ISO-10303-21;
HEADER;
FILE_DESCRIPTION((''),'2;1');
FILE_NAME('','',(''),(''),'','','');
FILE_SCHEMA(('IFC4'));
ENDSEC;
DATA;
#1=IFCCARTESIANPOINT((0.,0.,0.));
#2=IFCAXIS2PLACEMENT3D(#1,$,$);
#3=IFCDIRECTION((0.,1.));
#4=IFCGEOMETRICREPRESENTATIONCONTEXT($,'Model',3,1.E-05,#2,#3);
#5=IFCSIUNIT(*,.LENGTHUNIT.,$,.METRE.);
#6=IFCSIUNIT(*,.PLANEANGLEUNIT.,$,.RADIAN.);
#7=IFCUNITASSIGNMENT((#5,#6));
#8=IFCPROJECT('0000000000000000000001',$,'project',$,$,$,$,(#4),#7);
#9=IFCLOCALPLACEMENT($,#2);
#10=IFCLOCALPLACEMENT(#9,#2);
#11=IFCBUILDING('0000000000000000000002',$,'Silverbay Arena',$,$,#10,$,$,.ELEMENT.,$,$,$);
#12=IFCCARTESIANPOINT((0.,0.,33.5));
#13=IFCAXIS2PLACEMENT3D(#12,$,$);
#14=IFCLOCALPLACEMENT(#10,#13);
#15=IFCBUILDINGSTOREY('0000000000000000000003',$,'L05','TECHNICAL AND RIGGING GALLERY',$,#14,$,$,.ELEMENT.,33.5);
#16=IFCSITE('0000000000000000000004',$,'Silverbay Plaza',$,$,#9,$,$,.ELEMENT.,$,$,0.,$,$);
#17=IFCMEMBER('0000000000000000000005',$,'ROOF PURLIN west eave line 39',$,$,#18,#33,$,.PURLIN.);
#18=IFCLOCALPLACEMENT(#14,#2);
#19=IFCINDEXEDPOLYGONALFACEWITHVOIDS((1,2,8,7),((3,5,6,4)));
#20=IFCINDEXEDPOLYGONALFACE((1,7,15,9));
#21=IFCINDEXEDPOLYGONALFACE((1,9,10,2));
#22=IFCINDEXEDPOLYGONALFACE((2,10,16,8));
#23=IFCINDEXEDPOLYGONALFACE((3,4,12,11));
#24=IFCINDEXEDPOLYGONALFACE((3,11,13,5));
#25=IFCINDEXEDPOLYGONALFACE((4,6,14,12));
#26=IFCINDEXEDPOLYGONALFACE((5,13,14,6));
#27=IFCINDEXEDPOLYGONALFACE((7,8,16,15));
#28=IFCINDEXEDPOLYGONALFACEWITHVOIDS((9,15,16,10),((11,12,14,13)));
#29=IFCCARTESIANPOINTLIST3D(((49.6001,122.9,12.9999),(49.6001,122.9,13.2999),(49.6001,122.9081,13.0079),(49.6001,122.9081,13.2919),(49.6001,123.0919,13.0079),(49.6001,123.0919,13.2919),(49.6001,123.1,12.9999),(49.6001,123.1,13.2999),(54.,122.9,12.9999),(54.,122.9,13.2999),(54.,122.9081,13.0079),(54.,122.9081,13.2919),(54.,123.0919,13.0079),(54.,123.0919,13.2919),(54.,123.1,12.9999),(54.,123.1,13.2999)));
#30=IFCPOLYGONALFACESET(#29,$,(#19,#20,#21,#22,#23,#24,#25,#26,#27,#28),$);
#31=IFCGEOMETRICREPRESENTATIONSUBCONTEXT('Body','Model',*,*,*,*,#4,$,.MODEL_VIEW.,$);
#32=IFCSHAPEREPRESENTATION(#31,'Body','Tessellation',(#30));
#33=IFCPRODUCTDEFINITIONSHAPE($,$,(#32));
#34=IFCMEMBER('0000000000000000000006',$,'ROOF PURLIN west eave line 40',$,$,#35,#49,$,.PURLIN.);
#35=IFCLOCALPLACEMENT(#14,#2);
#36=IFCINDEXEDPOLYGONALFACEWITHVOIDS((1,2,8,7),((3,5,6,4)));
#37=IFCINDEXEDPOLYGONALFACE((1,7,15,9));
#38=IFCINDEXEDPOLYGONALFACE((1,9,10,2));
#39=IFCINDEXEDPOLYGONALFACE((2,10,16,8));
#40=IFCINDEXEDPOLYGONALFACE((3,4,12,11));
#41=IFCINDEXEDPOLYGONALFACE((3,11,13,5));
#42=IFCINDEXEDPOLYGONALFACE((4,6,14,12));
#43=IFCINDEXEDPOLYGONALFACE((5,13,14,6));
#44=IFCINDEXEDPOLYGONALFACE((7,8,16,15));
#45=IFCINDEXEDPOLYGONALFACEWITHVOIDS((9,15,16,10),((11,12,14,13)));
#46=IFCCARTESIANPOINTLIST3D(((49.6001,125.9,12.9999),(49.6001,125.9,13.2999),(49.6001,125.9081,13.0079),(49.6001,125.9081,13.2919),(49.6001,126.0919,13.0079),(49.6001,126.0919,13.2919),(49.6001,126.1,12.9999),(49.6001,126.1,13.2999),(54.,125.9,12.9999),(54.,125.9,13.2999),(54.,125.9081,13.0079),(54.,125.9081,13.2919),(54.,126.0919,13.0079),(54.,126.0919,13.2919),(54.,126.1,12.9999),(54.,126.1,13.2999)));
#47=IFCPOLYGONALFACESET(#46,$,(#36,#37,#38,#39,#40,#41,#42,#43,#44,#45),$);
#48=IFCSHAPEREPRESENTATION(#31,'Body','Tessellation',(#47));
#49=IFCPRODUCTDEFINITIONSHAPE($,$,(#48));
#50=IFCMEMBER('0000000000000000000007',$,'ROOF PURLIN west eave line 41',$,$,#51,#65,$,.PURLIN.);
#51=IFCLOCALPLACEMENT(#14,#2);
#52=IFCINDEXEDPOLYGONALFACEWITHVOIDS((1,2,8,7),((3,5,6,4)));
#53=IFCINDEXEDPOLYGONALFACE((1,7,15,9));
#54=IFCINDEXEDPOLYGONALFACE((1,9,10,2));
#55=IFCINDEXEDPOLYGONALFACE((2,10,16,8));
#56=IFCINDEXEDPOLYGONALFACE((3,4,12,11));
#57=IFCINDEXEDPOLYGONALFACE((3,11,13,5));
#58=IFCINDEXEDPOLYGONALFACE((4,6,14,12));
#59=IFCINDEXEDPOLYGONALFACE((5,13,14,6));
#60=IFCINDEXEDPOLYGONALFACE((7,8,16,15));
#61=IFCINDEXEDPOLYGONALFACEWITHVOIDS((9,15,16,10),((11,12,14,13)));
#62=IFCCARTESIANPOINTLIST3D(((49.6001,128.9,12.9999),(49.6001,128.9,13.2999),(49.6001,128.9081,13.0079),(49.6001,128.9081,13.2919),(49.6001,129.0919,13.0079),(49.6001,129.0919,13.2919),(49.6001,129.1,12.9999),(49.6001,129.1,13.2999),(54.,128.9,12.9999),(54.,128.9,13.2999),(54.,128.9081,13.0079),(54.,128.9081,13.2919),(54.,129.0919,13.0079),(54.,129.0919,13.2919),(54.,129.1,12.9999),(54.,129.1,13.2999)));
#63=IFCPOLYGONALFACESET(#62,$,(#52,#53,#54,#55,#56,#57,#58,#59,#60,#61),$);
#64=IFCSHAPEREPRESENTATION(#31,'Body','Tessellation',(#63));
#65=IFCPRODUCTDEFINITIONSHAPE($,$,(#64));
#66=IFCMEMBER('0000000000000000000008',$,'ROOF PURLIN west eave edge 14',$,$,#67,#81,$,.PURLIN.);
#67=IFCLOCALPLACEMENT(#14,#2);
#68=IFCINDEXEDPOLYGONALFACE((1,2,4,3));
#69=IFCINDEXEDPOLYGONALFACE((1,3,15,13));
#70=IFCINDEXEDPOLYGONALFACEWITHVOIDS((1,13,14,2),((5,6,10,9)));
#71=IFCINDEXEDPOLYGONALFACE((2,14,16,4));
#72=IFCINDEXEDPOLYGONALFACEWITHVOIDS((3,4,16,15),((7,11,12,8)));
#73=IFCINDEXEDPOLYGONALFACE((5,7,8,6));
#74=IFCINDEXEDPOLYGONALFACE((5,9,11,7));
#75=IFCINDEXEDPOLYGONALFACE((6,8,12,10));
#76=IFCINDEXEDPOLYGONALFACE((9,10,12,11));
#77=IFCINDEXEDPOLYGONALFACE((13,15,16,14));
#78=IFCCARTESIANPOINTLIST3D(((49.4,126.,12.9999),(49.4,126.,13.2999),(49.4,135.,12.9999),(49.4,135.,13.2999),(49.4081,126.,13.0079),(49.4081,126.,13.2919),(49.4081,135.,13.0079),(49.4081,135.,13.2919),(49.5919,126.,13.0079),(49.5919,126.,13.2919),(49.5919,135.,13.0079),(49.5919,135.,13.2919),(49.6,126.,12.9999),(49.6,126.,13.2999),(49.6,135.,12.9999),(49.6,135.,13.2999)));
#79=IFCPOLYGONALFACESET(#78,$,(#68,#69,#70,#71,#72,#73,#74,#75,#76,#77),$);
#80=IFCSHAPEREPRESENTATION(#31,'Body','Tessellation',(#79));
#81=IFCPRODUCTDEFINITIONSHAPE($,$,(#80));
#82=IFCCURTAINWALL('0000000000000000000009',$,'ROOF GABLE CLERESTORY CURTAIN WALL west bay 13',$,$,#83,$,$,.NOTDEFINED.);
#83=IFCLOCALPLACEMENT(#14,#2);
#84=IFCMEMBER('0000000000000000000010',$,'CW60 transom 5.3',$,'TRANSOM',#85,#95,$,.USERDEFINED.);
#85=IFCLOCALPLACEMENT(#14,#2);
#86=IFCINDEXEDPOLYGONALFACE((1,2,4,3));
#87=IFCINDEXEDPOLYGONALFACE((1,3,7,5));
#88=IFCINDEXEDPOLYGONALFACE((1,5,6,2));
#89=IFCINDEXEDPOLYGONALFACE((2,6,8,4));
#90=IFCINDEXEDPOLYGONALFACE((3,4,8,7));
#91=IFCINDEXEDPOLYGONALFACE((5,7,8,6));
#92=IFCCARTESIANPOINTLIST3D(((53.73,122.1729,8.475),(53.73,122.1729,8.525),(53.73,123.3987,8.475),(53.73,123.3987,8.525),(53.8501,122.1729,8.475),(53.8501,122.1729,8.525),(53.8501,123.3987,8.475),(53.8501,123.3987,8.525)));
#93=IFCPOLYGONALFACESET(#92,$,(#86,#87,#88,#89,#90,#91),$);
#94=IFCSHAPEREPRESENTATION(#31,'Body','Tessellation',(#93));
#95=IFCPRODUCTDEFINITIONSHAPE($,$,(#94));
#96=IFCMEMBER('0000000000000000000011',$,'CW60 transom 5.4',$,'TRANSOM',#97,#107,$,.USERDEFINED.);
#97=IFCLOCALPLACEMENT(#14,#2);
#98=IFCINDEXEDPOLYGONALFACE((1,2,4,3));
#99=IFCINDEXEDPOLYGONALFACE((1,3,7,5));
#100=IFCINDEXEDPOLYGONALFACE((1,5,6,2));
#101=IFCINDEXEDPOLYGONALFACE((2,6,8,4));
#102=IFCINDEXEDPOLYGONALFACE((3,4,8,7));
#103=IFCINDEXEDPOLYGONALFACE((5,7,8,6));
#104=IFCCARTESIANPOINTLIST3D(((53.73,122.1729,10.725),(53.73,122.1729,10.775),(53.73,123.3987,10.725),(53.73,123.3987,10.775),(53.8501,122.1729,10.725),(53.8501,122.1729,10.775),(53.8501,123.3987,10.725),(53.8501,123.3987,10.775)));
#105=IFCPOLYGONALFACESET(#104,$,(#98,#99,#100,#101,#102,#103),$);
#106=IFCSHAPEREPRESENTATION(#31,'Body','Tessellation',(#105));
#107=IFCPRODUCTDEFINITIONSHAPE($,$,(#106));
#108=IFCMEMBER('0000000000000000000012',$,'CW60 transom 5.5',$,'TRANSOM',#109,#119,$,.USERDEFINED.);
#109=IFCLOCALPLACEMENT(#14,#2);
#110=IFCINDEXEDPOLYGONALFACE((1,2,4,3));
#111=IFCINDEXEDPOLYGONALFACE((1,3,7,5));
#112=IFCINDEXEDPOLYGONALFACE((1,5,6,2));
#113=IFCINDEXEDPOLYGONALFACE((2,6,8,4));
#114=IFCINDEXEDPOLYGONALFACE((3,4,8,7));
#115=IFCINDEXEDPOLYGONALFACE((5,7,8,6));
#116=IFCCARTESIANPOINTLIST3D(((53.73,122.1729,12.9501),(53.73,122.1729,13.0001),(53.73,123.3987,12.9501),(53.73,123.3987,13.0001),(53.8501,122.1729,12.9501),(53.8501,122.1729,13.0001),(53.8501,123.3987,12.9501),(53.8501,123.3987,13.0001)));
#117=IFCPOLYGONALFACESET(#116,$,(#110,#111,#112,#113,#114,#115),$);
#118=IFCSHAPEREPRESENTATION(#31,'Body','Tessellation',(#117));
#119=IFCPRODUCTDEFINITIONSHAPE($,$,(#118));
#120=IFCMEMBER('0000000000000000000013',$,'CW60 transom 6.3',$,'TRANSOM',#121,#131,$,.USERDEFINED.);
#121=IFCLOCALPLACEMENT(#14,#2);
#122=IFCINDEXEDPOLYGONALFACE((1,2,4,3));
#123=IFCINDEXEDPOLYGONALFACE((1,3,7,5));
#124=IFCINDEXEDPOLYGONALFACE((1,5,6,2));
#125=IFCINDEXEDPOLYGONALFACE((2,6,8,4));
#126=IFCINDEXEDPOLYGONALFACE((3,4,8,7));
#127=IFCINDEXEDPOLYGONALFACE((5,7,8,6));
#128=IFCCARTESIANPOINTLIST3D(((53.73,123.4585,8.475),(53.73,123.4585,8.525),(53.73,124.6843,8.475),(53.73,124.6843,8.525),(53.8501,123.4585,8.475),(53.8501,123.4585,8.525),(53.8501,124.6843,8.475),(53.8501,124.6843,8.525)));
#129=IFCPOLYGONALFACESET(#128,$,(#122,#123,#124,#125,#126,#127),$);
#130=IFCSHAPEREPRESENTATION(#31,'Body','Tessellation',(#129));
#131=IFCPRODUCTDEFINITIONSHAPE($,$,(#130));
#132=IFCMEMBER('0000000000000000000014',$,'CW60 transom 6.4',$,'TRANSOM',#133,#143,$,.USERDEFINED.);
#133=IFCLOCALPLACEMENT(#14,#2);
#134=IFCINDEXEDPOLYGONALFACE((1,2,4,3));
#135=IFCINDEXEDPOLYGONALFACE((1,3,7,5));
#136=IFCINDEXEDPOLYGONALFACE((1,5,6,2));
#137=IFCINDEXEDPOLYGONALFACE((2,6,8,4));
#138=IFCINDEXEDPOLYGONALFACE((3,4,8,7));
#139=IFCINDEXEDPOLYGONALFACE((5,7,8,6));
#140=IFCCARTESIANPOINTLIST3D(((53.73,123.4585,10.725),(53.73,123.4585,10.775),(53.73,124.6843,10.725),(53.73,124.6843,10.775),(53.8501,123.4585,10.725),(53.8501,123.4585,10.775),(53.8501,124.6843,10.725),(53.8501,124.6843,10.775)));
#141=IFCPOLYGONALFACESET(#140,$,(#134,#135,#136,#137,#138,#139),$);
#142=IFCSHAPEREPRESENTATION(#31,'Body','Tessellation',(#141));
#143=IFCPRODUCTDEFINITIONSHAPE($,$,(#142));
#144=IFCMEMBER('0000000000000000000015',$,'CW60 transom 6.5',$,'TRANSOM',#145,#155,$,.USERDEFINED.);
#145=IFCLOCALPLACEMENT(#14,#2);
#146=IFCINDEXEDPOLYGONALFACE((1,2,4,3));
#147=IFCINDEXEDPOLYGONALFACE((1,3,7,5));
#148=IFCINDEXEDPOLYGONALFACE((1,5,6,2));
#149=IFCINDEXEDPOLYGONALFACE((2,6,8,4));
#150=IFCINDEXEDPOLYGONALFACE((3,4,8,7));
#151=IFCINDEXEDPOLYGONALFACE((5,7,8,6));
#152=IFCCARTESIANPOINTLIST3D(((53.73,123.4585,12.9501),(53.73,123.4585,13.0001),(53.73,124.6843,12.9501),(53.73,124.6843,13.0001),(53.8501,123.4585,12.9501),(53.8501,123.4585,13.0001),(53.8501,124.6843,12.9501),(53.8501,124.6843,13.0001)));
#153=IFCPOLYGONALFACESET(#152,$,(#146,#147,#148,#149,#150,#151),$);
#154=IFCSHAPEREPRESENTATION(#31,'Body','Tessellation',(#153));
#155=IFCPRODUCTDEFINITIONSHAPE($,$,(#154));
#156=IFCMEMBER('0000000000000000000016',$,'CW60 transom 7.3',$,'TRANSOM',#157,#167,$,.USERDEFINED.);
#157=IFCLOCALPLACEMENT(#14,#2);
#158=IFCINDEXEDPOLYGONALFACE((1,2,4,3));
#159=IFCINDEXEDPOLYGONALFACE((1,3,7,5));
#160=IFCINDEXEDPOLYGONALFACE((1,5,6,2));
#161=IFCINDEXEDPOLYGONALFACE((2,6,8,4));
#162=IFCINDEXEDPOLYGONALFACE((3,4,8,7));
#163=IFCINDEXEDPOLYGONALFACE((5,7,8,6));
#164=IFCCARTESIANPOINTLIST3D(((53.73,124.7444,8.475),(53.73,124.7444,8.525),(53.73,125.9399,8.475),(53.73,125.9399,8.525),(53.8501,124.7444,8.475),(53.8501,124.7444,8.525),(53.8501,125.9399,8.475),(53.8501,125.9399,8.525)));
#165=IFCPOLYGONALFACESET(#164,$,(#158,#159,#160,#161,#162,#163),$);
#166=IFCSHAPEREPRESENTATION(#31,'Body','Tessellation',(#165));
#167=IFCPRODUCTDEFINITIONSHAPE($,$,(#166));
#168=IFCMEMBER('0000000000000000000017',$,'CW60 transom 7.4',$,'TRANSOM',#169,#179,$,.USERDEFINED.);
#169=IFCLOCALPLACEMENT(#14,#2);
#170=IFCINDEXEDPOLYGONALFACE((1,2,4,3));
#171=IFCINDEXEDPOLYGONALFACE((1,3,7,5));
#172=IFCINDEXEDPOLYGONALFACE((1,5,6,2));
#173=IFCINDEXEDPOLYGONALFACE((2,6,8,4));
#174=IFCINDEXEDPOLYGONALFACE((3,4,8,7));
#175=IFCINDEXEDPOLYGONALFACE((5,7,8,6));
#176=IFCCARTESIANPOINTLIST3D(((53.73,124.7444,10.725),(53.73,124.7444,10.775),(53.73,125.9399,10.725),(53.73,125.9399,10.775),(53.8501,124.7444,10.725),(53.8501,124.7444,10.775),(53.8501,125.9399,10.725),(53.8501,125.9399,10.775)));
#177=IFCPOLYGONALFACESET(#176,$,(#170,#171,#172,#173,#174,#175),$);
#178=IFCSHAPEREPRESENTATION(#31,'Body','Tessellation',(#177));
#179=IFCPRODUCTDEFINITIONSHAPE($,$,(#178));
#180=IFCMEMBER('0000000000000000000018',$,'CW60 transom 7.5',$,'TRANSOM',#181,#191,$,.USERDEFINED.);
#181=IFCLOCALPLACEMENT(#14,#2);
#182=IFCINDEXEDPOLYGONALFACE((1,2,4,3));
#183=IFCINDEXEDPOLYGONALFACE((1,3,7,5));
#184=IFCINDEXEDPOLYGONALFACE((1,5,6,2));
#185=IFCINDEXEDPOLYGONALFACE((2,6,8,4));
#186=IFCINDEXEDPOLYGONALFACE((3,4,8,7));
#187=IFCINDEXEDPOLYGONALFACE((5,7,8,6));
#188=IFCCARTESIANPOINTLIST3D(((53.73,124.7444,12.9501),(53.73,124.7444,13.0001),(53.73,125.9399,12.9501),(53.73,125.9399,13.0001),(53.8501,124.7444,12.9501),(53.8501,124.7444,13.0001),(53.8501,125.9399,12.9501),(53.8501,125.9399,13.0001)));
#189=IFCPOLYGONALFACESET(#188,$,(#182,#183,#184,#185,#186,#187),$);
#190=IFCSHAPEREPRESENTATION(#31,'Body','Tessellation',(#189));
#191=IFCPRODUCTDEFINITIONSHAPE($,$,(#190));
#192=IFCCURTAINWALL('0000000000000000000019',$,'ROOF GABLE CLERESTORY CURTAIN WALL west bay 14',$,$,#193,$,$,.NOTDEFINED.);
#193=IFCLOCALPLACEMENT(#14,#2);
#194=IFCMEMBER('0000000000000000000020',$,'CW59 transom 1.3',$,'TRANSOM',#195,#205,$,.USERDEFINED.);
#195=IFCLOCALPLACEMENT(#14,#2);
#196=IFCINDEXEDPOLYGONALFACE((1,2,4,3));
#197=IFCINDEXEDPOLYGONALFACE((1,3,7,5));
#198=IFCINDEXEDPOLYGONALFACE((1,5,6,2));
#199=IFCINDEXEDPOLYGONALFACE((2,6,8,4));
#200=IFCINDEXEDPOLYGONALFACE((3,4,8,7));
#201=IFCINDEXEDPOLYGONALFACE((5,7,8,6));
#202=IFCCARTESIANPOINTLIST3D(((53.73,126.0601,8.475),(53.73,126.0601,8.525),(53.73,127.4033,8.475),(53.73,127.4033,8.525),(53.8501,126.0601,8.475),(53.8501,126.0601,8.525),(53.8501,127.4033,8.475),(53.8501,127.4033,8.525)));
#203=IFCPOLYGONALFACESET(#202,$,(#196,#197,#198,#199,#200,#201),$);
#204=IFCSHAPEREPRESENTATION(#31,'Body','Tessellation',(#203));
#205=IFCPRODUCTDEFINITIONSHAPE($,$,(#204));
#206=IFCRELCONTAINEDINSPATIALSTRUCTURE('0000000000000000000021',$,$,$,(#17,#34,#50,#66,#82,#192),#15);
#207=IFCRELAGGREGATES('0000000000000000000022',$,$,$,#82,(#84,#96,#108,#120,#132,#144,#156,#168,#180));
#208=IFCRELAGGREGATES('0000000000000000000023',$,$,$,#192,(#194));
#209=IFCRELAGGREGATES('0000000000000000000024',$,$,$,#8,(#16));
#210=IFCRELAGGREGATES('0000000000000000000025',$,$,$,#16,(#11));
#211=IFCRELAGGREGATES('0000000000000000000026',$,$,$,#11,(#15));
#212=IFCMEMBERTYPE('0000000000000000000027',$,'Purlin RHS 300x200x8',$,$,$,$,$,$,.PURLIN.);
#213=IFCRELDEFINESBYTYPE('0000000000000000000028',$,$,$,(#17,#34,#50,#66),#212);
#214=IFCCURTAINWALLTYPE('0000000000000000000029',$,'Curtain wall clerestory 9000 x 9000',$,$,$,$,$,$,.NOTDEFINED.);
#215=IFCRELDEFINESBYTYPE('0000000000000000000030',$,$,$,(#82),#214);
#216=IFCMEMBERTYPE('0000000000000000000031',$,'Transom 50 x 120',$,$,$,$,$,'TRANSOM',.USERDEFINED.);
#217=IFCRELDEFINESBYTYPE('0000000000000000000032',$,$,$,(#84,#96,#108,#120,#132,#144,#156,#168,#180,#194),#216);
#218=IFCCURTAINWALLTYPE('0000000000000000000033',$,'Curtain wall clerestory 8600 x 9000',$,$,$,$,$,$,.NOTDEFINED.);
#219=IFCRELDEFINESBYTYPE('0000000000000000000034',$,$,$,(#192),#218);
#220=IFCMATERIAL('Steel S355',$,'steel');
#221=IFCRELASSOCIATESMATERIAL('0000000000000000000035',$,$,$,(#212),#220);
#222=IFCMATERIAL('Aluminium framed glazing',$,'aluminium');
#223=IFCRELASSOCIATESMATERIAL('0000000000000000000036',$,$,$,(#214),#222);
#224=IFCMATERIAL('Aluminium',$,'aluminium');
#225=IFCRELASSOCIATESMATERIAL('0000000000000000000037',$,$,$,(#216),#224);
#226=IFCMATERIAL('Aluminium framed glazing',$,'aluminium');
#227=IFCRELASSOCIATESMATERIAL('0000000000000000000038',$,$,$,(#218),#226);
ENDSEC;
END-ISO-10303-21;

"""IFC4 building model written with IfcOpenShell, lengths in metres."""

from ifc_helpers import new_model, si_unit, direction, frame, origin, origin_2d, place, context, subcontext, project, spatial, rectangle, hollow_rectangle, extrude, material, material_profile, profile_set, type_object, element, aggregate, save


model = new_model("IFC4")

# Units and contexts
model_context = context("Model", 3, precision=1e-05, world=origin(), true_north=direction((0.0, 1.0)))
body_context = subcontext(model_context, "Body", "Model", "MODEL_VIEW")
ifc_project = project(units=[si_unit("LENGTHUNIT", "METRE"), si_unit("PLANEANGLEUNIT", "RADIAN")], contexts=[model_context])

# Site, building, storey
site_placement = place(None, origin())
site = spatial("IfcSite", under=ifc_project, at=site_placement, Name="Silverbay Plaza", CompositionType="ELEMENT", RefElevation=0.0)
building_placement = place(site_placement, origin())
building = spatial("IfcBuilding", under=site, at=building_placement, Name="Silverbay Arena", CompositionType="ELEMENT")
storey_placement = place(building_placement, frame((0.0, 0.0, 33.5)))
storey = spatial("IfcBuildingStorey", under=building, at=storey_placement, Name="L05", Description="TECHNICAL AND RIGGING GALLERY", CompositionType="ELEMENT", Elevation=33.5)

# Members
ifc_material_1 = material(Name="Steel S355", Category="steel")
ifc_material_profile_1 = material_profile(ifc_material_1, hollow_rectangle(XDim=0.2, YDim=0.3, WallThickness=0.0081, at=origin_2d()), Name="RHS 300x200x8")
ifc_profile_set_1 = profile_set([ifc_material_profile_1], Name="Steel S355")
member_type_1 = type_object("IfcMemberType", Name="Purlin RHS 300x200x8", PredefinedType="PURLIN", material=ifc_profile_set_1)
for number, where, z_axis, x_axis, name in (
    (1, (49.6001, 123.0, 13.1499), (1.0, 0.0, 0.0), (0.0, 1.0, 0.0), "ROOF PURLIN west eave line 39"),
    (2, (49.6001, 126.0, 13.1499), (1.0, 0.0, 0.0), (0.0, 1.0, 0.0), "ROOF PURLIN west eave line 40"),
    (3, (49.6001, 129.0, 13.1499), (1.0, 0.0, 0.0), (0.0, 1.0, 0.0), "ROOF PURLIN west eave line 41"),
):
    element("IfcMember", number, at=place(storey_placement, frame(where, z_axis=z_axis, x_axis=x_axis)), inside=storey, type_object=member_type_1, Name=name, PredefinedType="PURLIN", context=body_context, shape_type="SweptSolid", body=[
        extrude(hollow_rectangle(XDim=0.2, YDim=0.3, WallThickness=0.0081, at=origin_2d()), origin(), (0.0, 0.0, 1.0), 4.3999),
    ])
member_1_placement = place(storey_placement, frame((49.5, 126.0, 13.1499), z_axis=(0.0, 1.0, 0.0), x_axis=(-1.0, 0.0, 0.0)))
element("IfcMember", 4, at=member_1_placement, inside=storey, type_object=member_type_1, Name="ROOF PURLIN west eave edge 14", PredefinedType="PURLIN", context=body_context, shape_type="SweptSolid", body=[
    extrude(hollow_rectangle(XDim=0.2, YDim=0.3, WallThickness=0.0081, at=origin_2d()), origin(), (0.0, 0.0, 1.0), 9.0),
])

# Curtain walls, members
ifc_material_2 = material(Name="Aluminium framed glazing", Category="aluminium")
curtain_wall_type_1 = type_object("IfcCurtainWallType", Name="Curtain wall clerestory 9000 x 9000", PredefinedType="NOTDEFINED", material=ifc_material_2)
curtain_wall_1_placement = place(storey_placement, origin())
curtain_wall_1 = element("IfcCurtainWall", 5, at=curtain_wall_1_placement, inside=storey, type_object=curtain_wall_type_1, Name="ROOF GABLE CLERESTORY CURTAIN WALL west bay 13", PredefinedType="NOTDEFINED")
ifc_material_3 = material(Name="Aluminium", Category="aluminium")
ifc_material_profile_2 = material_profile(ifc_material_3, rectangle(XDim=0.1201, YDim=0.05, at=origin_2d()), Name="Transom 50 x 120")
ifc_profile_set_2 = profile_set([ifc_material_profile_2], Name="Aluminium")
member_type_2 = type_object("IfcMemberType", Name="Transom 50 x 120", ElementType="TRANSOM", PredefinedType="USERDEFINED", material=ifc_profile_set_2)
member_2_placement = place(storey_placement, frame((53.79, 122.1729, 8.5), z_axis=(0.0, 1.0, 0.0), x_axis=(-1.0, 0.0, 0.0)))
member_2 = element("IfcMember", 6, at=member_2_placement, type_object=member_type_2, Name="CW60 transom 5.3", ObjectType="TRANSOM", PredefinedType="USERDEFINED", context=body_context, shape_type="SweptSolid", body=[
    extrude(rectangle(XDim=0.1201, YDim=0.05, at=origin_2d()), origin(), (0.0, 0.0, 1.0), 1.2258),
])
member_3_placement = place(storey_placement, frame((53.79, 122.1729, 10.75), z_axis=(0.0, 1.0, 0.0), x_axis=(-1.0, 0.0, 0.0)))
member_3 = element("IfcMember", 7, at=member_3_placement, type_object=member_type_2, Name="CW60 transom 5.4", ObjectType="TRANSOM", PredefinedType="USERDEFINED", context=body_context, shape_type="SweptSolid", body=[
    extrude(rectangle(XDim=0.1201, YDim=0.05, at=origin_2d()), origin(), (0.0, 0.0, 1.0), 1.2258),
])
member_4_placement = place(storey_placement, frame((53.79, 122.1729, 12.9751), z_axis=(0.0, 1.0, 0.0), x_axis=(-1.0, 0.0, 0.0)))
member_4 = element("IfcMember", 8, at=member_4_placement, type_object=member_type_2, Name="CW60 transom 5.5", ObjectType="TRANSOM", PredefinedType="USERDEFINED", context=body_context, shape_type="SweptSolid", body=[
    extrude(rectangle(XDim=0.1201, YDim=0.05, at=origin_2d()), origin(), (0.0, 0.0, 1.0), 1.2258),
])
member_5_placement = place(storey_placement, frame((53.79, 123.4585, 8.5), z_axis=(0.0, 1.0, 0.0), x_axis=(-1.0, 0.0, 0.0)))
member_5 = element("IfcMember", 9, at=member_5_placement, type_object=member_type_2, Name="CW60 transom 6.3", ObjectType="TRANSOM", PredefinedType="USERDEFINED", context=body_context, shape_type="SweptSolid", body=[
    extrude(rectangle(XDim=0.1201, YDim=0.05, at=origin_2d()), origin(), (0.0, 0.0, 1.0), 1.2258),
])
member_6_placement = place(storey_placement, frame((53.79, 123.4585, 10.75), z_axis=(0.0, 1.0, 0.0), x_axis=(-1.0, 0.0, 0.0)))
member_6 = element("IfcMember", 10, at=member_6_placement, type_object=member_type_2, Name="CW60 transom 6.4", ObjectType="TRANSOM", PredefinedType="USERDEFINED", context=body_context, shape_type="SweptSolid", body=[
    extrude(rectangle(XDim=0.1201, YDim=0.05, at=origin_2d()), origin(), (0.0, 0.0, 1.0), 1.2258),
])
member_7_placement = place(storey_placement, frame((53.79, 123.4585, 12.9751), z_axis=(0.0, 1.0, 0.0), x_axis=(-1.0, 0.0, 0.0)))
member_7 = element("IfcMember", 11, at=member_7_placement, type_object=member_type_2, Name="CW60 transom 6.5", ObjectType="TRANSOM", PredefinedType="USERDEFINED", context=body_context, shape_type="SweptSolid", body=[
    extrude(rectangle(XDim=0.1201, YDim=0.05, at=origin_2d()), origin(), (0.0, 0.0, 1.0), 1.2258),
])
member_8_placement = place(storey_placement, frame((53.79, 124.7444, 8.5), z_axis=(0.0, 1.0, 0.0), x_axis=(-1.0, 0.0, 0.0)))
member_8 = element("IfcMember", 12, at=member_8_placement, type_object=member_type_2, Name="CW60 transom 7.3", ObjectType="TRANSOM", PredefinedType="USERDEFINED", context=body_context, shape_type="SweptSolid", body=[
    extrude(rectangle(XDim=0.1201, YDim=0.05, at=origin_2d()), origin(), (0.0, 0.0, 1.0), 1.1956),
])
member_9_placement = place(storey_placement, frame((53.79, 124.7444, 10.75), z_axis=(0.0, 1.0, 0.0), x_axis=(-1.0, 0.0, 0.0)))
member_9 = element("IfcMember", 13, at=member_9_placement, type_object=member_type_2, Name="CW60 transom 7.4", ObjectType="TRANSOM", PredefinedType="USERDEFINED", context=body_context, shape_type="SweptSolid", body=[
    extrude(rectangle(XDim=0.1201, YDim=0.05, at=origin_2d()), origin(), (0.0, 0.0, 1.0), 1.1956),
])
member_10_placement = place(storey_placement, frame((53.79, 124.7444, 12.9751), z_axis=(0.0, 1.0, 0.0), x_axis=(-1.0, 0.0, 0.0)))
member_10 = element("IfcMember", 14, at=member_10_placement, type_object=member_type_2, Name="CW60 transom 7.5", ObjectType="TRANSOM", PredefinedType="USERDEFINED", context=body_context, shape_type="SweptSolid", body=[
    extrude(rectangle(XDim=0.1201, YDim=0.05, at=origin_2d()), origin(), (0.0, 0.0, 1.0), 1.1956),
])
ifc_material_4 = material(Name="Aluminium framed glazing", Category="aluminium")
curtain_wall_type_2 = type_object("IfcCurtainWallType", Name="Curtain wall clerestory 8600 x 9000", PredefinedType="NOTDEFINED", material=ifc_material_4)
curtain_wall_2_placement = place(storey_placement, origin())
curtain_wall_2 = element("IfcCurtainWall", 15, at=curtain_wall_2_placement, inside=storey, type_object=curtain_wall_type_2, Name="ROOF GABLE CLERESTORY CURTAIN WALL west bay 14", PredefinedType="NOTDEFINED")
member_11_placement = place(storey_placement, frame((53.79, 126.0601, 8.5), z_axis=(0.0, 1.0, 0.0), x_axis=(-1.0, 0.0, 0.0)))
member_11 = element("IfcMember", 16, at=member_11_placement, type_object=member_type_2, Name="CW59 transom 1.3", ObjectType="TRANSOM", PredefinedType="USERDEFINED", context=body_context, shape_type="SweptSolid", body=[
    extrude(rectangle(XDim=0.1201, YDim=0.05, at=origin_2d()), origin(), (0.0, 0.0, 1.0), 1.3433),
])

aggregate(curtain_wall_1, [member_2, member_3, member_4, member_5, member_6, member_7, member_8, member_9, member_10])
aggregate(curtain_wall_2, [member_11])

save(model, "model.ifc")
